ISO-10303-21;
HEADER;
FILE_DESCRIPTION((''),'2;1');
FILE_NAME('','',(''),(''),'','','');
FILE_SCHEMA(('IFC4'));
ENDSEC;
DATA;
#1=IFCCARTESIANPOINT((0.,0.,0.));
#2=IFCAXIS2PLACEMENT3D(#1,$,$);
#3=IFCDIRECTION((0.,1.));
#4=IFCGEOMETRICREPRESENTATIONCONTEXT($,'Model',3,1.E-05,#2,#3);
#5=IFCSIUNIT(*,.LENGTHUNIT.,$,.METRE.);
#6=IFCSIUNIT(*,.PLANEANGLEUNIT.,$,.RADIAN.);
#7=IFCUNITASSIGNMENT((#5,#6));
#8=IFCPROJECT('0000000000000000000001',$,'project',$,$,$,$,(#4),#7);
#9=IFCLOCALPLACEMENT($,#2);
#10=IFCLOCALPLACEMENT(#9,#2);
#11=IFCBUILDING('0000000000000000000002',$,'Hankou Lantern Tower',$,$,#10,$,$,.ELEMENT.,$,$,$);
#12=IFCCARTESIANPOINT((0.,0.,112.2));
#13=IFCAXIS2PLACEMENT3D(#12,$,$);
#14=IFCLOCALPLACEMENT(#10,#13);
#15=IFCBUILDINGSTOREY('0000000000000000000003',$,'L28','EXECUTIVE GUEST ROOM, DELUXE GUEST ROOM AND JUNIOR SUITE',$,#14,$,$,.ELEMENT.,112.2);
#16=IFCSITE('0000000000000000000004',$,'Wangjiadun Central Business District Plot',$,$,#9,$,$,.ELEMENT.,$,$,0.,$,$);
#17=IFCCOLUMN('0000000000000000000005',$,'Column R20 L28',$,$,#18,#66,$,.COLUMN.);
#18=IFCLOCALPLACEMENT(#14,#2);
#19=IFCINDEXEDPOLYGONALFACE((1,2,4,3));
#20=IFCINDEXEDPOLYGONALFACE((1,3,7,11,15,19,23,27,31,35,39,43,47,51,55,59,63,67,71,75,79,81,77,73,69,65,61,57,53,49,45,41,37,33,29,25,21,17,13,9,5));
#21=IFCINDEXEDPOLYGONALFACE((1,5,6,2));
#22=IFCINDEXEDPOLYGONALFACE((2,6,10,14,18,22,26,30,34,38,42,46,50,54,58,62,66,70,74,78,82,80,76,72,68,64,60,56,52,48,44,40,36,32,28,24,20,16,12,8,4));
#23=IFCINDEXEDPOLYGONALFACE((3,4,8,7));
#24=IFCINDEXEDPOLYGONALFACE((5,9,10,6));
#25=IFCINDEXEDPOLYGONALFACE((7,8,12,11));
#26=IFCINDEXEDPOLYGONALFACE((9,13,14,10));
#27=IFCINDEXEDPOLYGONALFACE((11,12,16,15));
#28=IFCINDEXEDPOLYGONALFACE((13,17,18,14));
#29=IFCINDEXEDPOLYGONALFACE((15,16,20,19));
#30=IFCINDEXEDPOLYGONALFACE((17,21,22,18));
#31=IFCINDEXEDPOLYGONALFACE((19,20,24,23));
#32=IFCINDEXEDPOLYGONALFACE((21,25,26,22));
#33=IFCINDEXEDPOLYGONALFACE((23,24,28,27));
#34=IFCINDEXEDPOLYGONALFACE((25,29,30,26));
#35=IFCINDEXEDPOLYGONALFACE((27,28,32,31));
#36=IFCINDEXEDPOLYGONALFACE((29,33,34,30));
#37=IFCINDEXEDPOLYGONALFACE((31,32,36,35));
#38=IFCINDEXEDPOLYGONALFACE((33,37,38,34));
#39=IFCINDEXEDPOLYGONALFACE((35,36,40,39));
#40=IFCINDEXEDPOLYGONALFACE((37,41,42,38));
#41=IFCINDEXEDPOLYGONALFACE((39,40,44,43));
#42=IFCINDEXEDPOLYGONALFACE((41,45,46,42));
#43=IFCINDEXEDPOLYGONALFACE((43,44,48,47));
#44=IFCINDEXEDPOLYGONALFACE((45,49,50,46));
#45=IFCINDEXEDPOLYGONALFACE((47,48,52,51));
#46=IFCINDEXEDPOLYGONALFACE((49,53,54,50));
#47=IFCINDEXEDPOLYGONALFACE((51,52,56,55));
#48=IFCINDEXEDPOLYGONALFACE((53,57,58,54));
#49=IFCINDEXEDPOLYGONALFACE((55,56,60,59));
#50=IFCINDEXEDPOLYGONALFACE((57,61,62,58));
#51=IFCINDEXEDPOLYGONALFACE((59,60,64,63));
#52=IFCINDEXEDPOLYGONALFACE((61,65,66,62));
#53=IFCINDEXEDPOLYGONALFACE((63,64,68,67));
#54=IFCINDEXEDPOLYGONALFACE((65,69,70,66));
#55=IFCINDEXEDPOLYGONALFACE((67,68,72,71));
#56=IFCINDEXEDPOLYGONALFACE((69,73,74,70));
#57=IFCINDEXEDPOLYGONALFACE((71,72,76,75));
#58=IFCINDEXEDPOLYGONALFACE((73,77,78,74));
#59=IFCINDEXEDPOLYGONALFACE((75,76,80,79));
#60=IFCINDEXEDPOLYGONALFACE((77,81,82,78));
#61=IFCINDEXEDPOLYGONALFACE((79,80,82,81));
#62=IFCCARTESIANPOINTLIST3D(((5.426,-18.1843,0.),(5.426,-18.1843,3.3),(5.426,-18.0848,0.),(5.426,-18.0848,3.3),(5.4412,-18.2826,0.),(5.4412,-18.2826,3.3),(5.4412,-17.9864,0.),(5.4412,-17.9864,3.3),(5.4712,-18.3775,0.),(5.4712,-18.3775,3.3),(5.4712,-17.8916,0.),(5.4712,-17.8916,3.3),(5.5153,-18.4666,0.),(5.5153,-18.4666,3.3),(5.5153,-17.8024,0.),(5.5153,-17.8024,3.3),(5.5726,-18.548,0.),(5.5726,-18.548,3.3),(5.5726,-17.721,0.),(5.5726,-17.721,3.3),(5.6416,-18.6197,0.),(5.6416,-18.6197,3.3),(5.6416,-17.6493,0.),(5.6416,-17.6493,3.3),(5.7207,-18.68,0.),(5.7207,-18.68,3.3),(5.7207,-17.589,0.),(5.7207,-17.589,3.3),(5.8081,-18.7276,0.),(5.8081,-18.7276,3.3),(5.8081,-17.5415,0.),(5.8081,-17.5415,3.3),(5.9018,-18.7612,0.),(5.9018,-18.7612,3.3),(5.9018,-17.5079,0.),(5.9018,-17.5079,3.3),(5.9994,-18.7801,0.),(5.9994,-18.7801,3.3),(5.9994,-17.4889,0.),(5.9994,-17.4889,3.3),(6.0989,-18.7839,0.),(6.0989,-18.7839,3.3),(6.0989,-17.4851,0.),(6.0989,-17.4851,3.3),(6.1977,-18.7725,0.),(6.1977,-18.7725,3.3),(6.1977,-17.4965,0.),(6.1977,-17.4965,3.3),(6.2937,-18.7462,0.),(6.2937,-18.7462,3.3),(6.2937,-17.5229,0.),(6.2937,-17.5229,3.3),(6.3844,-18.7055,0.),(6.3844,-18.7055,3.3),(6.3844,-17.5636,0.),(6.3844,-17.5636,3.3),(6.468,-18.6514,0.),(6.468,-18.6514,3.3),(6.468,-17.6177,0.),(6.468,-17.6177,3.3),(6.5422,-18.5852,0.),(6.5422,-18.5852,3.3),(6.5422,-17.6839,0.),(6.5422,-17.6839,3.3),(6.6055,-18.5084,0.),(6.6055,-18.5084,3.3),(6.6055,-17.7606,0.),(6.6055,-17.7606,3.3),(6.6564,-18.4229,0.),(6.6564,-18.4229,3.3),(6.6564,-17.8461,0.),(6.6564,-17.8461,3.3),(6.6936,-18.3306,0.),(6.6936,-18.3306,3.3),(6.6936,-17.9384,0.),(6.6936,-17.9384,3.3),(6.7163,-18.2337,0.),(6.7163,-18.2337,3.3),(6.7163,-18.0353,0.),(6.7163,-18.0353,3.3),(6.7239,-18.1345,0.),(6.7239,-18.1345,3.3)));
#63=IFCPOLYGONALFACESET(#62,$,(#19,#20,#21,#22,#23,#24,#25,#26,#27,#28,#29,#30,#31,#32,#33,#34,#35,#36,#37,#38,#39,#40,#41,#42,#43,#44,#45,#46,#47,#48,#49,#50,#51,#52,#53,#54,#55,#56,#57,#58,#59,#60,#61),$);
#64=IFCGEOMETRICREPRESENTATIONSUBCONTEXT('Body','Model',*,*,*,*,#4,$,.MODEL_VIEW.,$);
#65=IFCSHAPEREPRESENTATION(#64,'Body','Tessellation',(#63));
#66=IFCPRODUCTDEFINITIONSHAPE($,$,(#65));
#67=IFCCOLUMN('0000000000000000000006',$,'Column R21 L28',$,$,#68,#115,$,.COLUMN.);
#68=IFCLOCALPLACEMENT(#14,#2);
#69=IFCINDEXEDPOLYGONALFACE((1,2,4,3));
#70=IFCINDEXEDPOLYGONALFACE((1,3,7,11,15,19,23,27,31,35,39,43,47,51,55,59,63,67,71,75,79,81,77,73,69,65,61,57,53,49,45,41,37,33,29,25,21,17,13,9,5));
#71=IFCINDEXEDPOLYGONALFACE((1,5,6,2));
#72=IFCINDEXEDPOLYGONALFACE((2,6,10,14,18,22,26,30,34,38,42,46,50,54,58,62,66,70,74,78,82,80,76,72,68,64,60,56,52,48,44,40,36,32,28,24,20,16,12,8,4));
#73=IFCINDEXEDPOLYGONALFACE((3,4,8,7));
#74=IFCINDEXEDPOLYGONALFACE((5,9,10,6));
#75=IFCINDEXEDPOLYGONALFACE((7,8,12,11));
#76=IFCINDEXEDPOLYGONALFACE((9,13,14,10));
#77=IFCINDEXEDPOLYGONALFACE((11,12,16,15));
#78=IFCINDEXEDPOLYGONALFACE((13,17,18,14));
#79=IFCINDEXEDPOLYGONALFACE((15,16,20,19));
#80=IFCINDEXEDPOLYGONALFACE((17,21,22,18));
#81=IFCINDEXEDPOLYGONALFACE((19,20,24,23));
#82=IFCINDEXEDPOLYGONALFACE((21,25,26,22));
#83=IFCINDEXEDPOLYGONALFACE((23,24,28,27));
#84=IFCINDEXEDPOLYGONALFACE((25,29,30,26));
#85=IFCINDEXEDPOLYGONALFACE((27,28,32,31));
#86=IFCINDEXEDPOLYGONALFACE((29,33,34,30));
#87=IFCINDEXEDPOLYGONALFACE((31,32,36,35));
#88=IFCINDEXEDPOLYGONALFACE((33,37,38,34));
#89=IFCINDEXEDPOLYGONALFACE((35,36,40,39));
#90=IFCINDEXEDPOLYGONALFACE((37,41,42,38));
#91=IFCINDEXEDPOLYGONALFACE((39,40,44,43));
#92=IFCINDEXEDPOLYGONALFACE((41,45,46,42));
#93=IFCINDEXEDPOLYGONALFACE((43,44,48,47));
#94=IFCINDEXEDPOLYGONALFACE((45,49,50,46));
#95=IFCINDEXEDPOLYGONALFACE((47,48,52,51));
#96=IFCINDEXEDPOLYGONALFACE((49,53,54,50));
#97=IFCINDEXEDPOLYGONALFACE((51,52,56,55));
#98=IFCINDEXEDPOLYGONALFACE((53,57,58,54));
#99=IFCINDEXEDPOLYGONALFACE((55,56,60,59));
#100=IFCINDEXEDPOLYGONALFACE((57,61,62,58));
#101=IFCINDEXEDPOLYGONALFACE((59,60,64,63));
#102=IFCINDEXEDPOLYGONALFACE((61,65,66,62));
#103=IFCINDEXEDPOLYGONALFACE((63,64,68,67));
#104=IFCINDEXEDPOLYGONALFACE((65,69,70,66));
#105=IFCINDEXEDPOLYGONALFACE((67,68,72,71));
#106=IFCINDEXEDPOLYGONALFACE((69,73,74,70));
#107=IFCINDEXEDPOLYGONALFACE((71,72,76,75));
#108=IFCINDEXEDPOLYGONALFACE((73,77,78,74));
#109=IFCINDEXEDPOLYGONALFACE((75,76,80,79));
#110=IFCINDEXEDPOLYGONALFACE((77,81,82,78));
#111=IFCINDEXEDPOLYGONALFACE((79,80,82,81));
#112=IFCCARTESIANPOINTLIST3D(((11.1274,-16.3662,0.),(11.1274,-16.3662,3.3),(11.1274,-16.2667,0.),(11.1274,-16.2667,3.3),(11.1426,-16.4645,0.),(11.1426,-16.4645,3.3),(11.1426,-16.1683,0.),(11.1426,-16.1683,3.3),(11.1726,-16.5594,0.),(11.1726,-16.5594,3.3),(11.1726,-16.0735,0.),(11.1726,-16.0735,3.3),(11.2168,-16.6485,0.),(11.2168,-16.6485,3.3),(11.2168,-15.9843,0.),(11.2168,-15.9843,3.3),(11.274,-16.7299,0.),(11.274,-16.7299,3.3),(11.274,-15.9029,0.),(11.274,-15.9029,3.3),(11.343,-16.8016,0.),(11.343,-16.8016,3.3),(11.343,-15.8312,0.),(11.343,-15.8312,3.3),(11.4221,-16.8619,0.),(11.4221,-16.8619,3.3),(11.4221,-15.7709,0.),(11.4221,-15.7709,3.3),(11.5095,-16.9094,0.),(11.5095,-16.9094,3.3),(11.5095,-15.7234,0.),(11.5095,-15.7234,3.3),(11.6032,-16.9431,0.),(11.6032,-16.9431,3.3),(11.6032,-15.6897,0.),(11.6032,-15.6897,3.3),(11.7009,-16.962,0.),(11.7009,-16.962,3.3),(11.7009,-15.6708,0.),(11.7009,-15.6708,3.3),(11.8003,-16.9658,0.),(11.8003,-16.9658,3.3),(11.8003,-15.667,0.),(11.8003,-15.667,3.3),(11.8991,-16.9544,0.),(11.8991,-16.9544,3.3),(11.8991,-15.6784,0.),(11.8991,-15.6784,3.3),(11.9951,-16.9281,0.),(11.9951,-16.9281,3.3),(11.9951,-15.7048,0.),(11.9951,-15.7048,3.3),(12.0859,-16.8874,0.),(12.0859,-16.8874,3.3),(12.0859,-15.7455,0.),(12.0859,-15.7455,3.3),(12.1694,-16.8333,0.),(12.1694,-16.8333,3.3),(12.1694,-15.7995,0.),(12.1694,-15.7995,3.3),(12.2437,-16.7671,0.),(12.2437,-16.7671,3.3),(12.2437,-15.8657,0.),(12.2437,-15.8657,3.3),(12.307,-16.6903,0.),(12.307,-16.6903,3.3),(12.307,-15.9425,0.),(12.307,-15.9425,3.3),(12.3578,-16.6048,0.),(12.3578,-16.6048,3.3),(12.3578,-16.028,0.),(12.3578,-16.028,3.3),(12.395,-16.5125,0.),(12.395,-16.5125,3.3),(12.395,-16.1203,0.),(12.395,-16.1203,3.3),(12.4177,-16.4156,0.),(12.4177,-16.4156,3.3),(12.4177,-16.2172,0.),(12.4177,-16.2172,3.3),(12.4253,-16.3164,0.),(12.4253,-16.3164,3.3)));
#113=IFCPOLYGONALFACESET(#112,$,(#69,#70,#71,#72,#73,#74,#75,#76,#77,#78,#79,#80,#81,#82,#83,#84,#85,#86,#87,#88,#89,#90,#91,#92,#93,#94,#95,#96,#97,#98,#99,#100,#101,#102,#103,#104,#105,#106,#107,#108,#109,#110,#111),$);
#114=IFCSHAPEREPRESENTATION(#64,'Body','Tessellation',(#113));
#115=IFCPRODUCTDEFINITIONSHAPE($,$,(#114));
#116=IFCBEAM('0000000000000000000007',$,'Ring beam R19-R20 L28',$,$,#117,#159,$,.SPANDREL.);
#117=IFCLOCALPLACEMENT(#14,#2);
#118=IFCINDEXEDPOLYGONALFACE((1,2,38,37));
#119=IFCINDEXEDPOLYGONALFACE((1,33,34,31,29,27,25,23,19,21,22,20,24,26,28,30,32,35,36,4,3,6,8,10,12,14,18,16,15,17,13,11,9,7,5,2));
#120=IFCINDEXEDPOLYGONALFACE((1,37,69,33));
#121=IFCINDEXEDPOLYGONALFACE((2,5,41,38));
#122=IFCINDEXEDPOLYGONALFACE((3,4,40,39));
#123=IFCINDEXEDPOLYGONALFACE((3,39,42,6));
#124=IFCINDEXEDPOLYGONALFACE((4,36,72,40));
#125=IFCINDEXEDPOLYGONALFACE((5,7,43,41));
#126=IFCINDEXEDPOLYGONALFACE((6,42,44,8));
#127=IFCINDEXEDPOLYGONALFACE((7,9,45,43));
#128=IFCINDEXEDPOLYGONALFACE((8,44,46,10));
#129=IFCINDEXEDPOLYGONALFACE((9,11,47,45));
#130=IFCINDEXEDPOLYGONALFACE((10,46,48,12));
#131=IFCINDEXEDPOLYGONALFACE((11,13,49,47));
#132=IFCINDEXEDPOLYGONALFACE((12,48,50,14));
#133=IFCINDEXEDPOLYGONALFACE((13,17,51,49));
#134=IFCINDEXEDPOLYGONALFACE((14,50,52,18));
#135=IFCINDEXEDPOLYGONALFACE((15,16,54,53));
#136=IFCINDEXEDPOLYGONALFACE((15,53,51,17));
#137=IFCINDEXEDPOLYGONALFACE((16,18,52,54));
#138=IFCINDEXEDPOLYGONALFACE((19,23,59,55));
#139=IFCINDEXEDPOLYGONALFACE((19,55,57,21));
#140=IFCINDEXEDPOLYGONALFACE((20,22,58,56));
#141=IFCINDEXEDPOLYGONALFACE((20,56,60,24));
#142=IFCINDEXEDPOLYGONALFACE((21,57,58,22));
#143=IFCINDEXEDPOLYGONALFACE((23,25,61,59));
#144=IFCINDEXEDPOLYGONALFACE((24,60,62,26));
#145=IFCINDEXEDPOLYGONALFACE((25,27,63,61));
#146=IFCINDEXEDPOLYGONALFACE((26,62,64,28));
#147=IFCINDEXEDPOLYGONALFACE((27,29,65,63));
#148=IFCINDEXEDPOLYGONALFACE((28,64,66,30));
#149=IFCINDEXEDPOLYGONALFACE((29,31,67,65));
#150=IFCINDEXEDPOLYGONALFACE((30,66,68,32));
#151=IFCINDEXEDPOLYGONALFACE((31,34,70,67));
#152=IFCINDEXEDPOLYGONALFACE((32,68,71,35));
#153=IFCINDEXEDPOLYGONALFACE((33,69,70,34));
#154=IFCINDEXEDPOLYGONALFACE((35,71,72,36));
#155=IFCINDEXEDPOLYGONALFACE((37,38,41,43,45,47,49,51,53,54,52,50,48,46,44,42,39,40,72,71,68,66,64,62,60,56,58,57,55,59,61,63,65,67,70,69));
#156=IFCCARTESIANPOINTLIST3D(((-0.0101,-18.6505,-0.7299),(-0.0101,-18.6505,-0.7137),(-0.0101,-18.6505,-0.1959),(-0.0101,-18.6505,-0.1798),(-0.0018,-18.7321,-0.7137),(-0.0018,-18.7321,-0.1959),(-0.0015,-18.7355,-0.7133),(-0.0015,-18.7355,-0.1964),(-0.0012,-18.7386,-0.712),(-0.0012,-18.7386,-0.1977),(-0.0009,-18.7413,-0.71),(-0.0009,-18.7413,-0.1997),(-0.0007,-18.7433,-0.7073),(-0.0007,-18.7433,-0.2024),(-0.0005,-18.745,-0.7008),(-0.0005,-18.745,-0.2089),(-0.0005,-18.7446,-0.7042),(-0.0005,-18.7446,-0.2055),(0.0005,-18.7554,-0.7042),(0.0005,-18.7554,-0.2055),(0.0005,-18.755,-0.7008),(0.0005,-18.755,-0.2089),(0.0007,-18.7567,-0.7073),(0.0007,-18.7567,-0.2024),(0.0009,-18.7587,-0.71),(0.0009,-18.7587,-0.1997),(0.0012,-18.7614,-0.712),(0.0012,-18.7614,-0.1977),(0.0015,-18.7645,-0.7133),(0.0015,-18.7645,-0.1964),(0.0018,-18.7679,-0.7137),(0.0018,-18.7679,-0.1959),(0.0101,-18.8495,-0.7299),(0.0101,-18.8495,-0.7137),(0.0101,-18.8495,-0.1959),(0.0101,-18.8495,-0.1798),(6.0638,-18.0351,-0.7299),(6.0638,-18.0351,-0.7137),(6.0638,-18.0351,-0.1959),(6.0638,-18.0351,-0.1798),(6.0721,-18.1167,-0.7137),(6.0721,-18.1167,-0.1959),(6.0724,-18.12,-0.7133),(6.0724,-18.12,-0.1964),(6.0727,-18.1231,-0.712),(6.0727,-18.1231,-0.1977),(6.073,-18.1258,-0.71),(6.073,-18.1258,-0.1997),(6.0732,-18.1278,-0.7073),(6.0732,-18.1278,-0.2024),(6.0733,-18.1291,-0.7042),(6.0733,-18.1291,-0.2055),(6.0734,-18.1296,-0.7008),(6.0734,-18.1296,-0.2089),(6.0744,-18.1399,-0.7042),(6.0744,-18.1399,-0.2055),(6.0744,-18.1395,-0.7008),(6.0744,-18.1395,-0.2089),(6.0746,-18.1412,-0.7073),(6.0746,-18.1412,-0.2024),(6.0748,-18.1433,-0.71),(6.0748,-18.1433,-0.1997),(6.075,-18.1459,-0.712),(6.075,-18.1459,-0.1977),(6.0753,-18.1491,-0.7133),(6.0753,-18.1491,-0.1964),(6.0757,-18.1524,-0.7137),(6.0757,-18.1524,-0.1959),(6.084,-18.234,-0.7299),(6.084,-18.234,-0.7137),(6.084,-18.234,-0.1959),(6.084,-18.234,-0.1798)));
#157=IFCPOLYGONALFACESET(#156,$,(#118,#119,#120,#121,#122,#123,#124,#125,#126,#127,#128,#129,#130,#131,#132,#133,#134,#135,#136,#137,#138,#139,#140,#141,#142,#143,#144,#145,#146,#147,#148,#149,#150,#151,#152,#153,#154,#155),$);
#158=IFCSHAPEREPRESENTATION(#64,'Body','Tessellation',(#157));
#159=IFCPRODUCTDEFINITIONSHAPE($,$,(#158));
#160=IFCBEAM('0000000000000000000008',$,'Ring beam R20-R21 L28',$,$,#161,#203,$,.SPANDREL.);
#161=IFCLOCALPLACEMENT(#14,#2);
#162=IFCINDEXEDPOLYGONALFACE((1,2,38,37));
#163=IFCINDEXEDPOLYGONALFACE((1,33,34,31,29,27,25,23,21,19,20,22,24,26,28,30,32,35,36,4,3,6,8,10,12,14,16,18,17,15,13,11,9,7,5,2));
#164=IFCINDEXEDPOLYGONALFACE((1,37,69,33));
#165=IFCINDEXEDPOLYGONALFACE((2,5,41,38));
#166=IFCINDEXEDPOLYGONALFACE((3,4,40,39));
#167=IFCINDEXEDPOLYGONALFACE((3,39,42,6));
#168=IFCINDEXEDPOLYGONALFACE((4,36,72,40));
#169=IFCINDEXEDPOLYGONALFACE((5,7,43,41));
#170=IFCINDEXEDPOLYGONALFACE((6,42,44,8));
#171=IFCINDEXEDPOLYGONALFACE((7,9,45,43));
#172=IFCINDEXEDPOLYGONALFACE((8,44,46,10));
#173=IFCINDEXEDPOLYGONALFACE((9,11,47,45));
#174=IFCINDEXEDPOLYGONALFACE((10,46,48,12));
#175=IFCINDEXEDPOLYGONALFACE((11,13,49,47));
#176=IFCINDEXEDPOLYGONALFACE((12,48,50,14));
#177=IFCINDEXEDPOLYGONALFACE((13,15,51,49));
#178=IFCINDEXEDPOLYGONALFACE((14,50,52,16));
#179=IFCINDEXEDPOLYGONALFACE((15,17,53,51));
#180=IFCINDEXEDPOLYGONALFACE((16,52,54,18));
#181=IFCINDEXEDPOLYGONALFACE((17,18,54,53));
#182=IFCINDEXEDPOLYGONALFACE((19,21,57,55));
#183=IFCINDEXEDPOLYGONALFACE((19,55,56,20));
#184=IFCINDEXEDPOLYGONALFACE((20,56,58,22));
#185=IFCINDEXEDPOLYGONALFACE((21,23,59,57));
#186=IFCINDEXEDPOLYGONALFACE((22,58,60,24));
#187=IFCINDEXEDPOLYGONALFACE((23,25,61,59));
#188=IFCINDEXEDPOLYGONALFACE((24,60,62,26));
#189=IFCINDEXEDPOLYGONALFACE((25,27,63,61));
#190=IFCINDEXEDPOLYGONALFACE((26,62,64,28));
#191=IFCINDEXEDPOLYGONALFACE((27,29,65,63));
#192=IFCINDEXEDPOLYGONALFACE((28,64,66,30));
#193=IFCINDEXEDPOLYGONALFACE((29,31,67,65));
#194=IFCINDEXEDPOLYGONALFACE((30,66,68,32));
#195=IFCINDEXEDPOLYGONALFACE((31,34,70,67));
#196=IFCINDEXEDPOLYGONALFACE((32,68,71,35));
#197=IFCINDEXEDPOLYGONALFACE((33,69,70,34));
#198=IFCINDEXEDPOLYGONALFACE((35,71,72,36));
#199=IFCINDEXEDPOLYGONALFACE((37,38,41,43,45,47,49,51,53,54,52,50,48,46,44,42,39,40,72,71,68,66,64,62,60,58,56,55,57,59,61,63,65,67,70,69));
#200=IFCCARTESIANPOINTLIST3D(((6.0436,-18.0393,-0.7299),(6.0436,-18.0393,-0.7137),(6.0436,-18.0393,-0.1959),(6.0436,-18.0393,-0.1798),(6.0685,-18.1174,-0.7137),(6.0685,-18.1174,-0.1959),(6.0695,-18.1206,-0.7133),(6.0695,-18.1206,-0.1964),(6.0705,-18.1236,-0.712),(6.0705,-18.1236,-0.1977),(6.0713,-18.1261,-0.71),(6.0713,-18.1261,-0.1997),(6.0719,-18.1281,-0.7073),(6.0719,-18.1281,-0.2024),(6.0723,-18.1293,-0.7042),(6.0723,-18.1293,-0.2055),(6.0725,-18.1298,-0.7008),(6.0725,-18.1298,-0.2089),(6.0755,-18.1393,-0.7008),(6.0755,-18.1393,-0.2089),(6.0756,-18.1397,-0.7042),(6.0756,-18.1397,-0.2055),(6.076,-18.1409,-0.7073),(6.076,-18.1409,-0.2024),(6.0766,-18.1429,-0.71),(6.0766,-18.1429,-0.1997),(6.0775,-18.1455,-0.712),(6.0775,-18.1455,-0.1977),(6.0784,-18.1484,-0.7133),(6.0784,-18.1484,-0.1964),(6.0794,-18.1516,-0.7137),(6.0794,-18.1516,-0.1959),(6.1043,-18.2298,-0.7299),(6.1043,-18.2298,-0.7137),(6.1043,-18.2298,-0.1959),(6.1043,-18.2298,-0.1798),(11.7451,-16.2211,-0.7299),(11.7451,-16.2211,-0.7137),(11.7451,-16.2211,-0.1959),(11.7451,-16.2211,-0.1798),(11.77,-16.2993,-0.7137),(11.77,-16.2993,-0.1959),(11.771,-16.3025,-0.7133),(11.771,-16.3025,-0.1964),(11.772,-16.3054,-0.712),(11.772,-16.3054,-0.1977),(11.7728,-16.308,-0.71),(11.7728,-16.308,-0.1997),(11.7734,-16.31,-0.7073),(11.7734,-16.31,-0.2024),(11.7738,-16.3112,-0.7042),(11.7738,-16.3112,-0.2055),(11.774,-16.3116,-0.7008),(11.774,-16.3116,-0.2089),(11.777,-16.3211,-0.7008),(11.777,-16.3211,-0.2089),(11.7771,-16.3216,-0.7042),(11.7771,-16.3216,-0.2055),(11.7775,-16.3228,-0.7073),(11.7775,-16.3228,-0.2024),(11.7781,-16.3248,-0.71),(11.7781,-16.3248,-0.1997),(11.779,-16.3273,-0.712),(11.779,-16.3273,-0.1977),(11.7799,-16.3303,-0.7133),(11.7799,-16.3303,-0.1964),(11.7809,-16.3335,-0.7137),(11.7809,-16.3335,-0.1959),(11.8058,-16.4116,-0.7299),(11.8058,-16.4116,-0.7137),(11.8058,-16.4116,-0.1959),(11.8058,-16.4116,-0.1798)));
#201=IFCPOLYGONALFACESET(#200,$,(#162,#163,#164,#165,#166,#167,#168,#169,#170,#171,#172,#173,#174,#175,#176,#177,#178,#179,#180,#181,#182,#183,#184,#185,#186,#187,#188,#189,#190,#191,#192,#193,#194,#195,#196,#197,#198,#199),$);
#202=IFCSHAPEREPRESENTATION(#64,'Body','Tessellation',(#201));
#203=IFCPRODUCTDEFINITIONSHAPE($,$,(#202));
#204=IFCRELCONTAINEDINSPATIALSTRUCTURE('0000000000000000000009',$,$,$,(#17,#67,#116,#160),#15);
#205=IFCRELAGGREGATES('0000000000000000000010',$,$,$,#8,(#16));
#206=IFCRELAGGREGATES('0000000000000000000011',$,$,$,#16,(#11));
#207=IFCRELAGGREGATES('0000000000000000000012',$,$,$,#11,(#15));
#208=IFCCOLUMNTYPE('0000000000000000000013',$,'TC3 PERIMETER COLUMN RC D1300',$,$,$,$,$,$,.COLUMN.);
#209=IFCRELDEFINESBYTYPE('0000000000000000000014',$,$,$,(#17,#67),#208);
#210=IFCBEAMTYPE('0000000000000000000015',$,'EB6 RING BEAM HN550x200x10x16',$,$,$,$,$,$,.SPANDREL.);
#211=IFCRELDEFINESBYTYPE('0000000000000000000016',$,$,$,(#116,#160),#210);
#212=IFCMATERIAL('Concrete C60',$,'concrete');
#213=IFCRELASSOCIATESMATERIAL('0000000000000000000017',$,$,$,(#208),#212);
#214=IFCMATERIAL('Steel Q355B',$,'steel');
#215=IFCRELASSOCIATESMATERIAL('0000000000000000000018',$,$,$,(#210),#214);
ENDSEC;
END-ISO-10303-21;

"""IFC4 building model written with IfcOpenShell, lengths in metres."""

from ifc_helpers import new_model, si_unit, direction, frame, origin, origin_2d, place, context, subcontext, project, spatial, circle, i_section, extrude, material, material_profile, profile_set, type_object, element, save


model = new_model("IFC4")

# Units and contexts
model_context = context("Model", 3, precision=1e-05, world=origin(), true_north=direction((0.0, 1.0)))
body_context = subcontext(model_context, "Body", "Model", "MODEL_VIEW")
ifc_project = project(units=[si_unit("LENGTHUNIT", "METRE"), si_unit("PLANEANGLEUNIT", "RADIAN")], contexts=[model_context])

# Site, building, storey
site_placement = place(None, origin())
site = spatial("IfcSite", under=ifc_project, at=site_placement, Name="Wangjiadun Central Business District Plot", CompositionType="ELEMENT", RefElevation=0.0)
building_placement = place(site_placement, origin())
building = spatial("IfcBuilding", under=site, at=building_placement, Name="Hankou Lantern Tower", CompositionType="ELEMENT")
storey_placement = place(building_placement, frame((0.0, 0.0, 112.2)))
storey = spatial("IfcBuildingStorey", under=building, at=storey_placement, Name="L28", Description="EXECUTIVE GUEST ROOM, DELUXE GUEST ROOM AND JUNIOR SUITE", CompositionType="ELEMENT", Elevation=112.2)

# Columns
ifc_material_1 = material(Name="Concrete C60", Category="concrete")
ifc_material_profile_1 = material_profile(ifc_material_1, circle(Radius=0.6499, at=origin_2d()), Name="RC D1300")
ifc_profile_set_1 = profile_set([ifc_material_profile_1], Name="Concrete C60")
column_type = type_object("IfcColumnType", Name="TC3 PERIMETER COLUMN RC D1300", PredefinedType="COLUMN", material=ifc_profile_set_1)
for number, where, z_axis, x_axis, name in (
    (1, (6.074, -18.1345, 0.0), (0.0, 0.0, 1.0), (1.0, 0.0, 0.0), "Column R20 L28"),
    (2, (11.7754, -16.3164, 0.0), (0.0, 0.0, 1.0), (1.0, 0.0, 0.0), "Column R21 L28"),
):
    element("IfcColumn", number, at=place(storey_placement, frame(where, z_axis=z_axis, x_axis=x_axis)), inside=storey, type_object=column_type, Name=name, PredefinedType="COLUMN", context=body_context, shape_type="SweptSolid", body=[
        extrude(circle(Radius=0.6499, at=origin_2d()), origin(), (0.0, 0.0, 1.0), 3.3),
    ])

# Beams
ifc_material_2 = material(Name="Steel Q355B", Category="steel")
ifc_material_profile_2 = material_profile(ifc_material_2, i_section(OverallWidth=0.2, OverallDepth=0.55, WebThickness=0.01, FlangeThickness=0.0161, FilletRadius=0.0129, at=origin_2d()), Name="HN550x200x10x16")
ifc_profile_set_2 = profile_set([ifc_material_profile_2], Name="Steel Q355B")
beam_type_1 = type_object("IfcBeamType", Name="EB6 RING BEAM HN550x200x10x16", PredefinedType="SPANDREL", material=ifc_profile_set_2)
beam_1_placement = place(storey_placement, frame((0.0, -18.75, -0.4548), z_axis=(0.994905, 0.100814, 0.0), x_axis=(-0.100814, 0.994905, 0.0)))
element("IfcBeam", 3, at=beam_1_placement, inside=storey, type_object=beam_type_1, Name="Ring beam R19-R20 L28", PredefinedType="SPANDREL", context=body_context, shape_type="SweptSolid", body=[
    extrude(i_section(OverallWidth=0.2, OverallDepth=0.55, WebThickness=0.01, FlangeThickness=0.0161, FilletRadius=0.0129, at=origin_2d()), origin(), (0.0, 0.0, 1.0), 6.105),
])
beam_2_placement = place(storey_placement, frame((6.074, -18.1345, -0.4548), z_axis=(0.952731, 0.303815, 0.0), x_axis=(-0.303815, 0.952731, 0.0)))
element("IfcBeam", 4, at=beam_2_placement, inside=storey, type_object=beam_type_1, Name="Ring beam R20-R21 L28", PredefinedType="SPANDREL", context=body_context, shape_type="SweptSolid", body=[
    extrude(i_section(OverallWidth=0.2, OverallDepth=0.55, WebThickness=0.01, FlangeThickness=0.0161, FilletRadius=0.0129, at=origin_2d()), origin(), (0.0, 0.0, 1.0), 5.9844),
])

save(model, "model.ifc")
